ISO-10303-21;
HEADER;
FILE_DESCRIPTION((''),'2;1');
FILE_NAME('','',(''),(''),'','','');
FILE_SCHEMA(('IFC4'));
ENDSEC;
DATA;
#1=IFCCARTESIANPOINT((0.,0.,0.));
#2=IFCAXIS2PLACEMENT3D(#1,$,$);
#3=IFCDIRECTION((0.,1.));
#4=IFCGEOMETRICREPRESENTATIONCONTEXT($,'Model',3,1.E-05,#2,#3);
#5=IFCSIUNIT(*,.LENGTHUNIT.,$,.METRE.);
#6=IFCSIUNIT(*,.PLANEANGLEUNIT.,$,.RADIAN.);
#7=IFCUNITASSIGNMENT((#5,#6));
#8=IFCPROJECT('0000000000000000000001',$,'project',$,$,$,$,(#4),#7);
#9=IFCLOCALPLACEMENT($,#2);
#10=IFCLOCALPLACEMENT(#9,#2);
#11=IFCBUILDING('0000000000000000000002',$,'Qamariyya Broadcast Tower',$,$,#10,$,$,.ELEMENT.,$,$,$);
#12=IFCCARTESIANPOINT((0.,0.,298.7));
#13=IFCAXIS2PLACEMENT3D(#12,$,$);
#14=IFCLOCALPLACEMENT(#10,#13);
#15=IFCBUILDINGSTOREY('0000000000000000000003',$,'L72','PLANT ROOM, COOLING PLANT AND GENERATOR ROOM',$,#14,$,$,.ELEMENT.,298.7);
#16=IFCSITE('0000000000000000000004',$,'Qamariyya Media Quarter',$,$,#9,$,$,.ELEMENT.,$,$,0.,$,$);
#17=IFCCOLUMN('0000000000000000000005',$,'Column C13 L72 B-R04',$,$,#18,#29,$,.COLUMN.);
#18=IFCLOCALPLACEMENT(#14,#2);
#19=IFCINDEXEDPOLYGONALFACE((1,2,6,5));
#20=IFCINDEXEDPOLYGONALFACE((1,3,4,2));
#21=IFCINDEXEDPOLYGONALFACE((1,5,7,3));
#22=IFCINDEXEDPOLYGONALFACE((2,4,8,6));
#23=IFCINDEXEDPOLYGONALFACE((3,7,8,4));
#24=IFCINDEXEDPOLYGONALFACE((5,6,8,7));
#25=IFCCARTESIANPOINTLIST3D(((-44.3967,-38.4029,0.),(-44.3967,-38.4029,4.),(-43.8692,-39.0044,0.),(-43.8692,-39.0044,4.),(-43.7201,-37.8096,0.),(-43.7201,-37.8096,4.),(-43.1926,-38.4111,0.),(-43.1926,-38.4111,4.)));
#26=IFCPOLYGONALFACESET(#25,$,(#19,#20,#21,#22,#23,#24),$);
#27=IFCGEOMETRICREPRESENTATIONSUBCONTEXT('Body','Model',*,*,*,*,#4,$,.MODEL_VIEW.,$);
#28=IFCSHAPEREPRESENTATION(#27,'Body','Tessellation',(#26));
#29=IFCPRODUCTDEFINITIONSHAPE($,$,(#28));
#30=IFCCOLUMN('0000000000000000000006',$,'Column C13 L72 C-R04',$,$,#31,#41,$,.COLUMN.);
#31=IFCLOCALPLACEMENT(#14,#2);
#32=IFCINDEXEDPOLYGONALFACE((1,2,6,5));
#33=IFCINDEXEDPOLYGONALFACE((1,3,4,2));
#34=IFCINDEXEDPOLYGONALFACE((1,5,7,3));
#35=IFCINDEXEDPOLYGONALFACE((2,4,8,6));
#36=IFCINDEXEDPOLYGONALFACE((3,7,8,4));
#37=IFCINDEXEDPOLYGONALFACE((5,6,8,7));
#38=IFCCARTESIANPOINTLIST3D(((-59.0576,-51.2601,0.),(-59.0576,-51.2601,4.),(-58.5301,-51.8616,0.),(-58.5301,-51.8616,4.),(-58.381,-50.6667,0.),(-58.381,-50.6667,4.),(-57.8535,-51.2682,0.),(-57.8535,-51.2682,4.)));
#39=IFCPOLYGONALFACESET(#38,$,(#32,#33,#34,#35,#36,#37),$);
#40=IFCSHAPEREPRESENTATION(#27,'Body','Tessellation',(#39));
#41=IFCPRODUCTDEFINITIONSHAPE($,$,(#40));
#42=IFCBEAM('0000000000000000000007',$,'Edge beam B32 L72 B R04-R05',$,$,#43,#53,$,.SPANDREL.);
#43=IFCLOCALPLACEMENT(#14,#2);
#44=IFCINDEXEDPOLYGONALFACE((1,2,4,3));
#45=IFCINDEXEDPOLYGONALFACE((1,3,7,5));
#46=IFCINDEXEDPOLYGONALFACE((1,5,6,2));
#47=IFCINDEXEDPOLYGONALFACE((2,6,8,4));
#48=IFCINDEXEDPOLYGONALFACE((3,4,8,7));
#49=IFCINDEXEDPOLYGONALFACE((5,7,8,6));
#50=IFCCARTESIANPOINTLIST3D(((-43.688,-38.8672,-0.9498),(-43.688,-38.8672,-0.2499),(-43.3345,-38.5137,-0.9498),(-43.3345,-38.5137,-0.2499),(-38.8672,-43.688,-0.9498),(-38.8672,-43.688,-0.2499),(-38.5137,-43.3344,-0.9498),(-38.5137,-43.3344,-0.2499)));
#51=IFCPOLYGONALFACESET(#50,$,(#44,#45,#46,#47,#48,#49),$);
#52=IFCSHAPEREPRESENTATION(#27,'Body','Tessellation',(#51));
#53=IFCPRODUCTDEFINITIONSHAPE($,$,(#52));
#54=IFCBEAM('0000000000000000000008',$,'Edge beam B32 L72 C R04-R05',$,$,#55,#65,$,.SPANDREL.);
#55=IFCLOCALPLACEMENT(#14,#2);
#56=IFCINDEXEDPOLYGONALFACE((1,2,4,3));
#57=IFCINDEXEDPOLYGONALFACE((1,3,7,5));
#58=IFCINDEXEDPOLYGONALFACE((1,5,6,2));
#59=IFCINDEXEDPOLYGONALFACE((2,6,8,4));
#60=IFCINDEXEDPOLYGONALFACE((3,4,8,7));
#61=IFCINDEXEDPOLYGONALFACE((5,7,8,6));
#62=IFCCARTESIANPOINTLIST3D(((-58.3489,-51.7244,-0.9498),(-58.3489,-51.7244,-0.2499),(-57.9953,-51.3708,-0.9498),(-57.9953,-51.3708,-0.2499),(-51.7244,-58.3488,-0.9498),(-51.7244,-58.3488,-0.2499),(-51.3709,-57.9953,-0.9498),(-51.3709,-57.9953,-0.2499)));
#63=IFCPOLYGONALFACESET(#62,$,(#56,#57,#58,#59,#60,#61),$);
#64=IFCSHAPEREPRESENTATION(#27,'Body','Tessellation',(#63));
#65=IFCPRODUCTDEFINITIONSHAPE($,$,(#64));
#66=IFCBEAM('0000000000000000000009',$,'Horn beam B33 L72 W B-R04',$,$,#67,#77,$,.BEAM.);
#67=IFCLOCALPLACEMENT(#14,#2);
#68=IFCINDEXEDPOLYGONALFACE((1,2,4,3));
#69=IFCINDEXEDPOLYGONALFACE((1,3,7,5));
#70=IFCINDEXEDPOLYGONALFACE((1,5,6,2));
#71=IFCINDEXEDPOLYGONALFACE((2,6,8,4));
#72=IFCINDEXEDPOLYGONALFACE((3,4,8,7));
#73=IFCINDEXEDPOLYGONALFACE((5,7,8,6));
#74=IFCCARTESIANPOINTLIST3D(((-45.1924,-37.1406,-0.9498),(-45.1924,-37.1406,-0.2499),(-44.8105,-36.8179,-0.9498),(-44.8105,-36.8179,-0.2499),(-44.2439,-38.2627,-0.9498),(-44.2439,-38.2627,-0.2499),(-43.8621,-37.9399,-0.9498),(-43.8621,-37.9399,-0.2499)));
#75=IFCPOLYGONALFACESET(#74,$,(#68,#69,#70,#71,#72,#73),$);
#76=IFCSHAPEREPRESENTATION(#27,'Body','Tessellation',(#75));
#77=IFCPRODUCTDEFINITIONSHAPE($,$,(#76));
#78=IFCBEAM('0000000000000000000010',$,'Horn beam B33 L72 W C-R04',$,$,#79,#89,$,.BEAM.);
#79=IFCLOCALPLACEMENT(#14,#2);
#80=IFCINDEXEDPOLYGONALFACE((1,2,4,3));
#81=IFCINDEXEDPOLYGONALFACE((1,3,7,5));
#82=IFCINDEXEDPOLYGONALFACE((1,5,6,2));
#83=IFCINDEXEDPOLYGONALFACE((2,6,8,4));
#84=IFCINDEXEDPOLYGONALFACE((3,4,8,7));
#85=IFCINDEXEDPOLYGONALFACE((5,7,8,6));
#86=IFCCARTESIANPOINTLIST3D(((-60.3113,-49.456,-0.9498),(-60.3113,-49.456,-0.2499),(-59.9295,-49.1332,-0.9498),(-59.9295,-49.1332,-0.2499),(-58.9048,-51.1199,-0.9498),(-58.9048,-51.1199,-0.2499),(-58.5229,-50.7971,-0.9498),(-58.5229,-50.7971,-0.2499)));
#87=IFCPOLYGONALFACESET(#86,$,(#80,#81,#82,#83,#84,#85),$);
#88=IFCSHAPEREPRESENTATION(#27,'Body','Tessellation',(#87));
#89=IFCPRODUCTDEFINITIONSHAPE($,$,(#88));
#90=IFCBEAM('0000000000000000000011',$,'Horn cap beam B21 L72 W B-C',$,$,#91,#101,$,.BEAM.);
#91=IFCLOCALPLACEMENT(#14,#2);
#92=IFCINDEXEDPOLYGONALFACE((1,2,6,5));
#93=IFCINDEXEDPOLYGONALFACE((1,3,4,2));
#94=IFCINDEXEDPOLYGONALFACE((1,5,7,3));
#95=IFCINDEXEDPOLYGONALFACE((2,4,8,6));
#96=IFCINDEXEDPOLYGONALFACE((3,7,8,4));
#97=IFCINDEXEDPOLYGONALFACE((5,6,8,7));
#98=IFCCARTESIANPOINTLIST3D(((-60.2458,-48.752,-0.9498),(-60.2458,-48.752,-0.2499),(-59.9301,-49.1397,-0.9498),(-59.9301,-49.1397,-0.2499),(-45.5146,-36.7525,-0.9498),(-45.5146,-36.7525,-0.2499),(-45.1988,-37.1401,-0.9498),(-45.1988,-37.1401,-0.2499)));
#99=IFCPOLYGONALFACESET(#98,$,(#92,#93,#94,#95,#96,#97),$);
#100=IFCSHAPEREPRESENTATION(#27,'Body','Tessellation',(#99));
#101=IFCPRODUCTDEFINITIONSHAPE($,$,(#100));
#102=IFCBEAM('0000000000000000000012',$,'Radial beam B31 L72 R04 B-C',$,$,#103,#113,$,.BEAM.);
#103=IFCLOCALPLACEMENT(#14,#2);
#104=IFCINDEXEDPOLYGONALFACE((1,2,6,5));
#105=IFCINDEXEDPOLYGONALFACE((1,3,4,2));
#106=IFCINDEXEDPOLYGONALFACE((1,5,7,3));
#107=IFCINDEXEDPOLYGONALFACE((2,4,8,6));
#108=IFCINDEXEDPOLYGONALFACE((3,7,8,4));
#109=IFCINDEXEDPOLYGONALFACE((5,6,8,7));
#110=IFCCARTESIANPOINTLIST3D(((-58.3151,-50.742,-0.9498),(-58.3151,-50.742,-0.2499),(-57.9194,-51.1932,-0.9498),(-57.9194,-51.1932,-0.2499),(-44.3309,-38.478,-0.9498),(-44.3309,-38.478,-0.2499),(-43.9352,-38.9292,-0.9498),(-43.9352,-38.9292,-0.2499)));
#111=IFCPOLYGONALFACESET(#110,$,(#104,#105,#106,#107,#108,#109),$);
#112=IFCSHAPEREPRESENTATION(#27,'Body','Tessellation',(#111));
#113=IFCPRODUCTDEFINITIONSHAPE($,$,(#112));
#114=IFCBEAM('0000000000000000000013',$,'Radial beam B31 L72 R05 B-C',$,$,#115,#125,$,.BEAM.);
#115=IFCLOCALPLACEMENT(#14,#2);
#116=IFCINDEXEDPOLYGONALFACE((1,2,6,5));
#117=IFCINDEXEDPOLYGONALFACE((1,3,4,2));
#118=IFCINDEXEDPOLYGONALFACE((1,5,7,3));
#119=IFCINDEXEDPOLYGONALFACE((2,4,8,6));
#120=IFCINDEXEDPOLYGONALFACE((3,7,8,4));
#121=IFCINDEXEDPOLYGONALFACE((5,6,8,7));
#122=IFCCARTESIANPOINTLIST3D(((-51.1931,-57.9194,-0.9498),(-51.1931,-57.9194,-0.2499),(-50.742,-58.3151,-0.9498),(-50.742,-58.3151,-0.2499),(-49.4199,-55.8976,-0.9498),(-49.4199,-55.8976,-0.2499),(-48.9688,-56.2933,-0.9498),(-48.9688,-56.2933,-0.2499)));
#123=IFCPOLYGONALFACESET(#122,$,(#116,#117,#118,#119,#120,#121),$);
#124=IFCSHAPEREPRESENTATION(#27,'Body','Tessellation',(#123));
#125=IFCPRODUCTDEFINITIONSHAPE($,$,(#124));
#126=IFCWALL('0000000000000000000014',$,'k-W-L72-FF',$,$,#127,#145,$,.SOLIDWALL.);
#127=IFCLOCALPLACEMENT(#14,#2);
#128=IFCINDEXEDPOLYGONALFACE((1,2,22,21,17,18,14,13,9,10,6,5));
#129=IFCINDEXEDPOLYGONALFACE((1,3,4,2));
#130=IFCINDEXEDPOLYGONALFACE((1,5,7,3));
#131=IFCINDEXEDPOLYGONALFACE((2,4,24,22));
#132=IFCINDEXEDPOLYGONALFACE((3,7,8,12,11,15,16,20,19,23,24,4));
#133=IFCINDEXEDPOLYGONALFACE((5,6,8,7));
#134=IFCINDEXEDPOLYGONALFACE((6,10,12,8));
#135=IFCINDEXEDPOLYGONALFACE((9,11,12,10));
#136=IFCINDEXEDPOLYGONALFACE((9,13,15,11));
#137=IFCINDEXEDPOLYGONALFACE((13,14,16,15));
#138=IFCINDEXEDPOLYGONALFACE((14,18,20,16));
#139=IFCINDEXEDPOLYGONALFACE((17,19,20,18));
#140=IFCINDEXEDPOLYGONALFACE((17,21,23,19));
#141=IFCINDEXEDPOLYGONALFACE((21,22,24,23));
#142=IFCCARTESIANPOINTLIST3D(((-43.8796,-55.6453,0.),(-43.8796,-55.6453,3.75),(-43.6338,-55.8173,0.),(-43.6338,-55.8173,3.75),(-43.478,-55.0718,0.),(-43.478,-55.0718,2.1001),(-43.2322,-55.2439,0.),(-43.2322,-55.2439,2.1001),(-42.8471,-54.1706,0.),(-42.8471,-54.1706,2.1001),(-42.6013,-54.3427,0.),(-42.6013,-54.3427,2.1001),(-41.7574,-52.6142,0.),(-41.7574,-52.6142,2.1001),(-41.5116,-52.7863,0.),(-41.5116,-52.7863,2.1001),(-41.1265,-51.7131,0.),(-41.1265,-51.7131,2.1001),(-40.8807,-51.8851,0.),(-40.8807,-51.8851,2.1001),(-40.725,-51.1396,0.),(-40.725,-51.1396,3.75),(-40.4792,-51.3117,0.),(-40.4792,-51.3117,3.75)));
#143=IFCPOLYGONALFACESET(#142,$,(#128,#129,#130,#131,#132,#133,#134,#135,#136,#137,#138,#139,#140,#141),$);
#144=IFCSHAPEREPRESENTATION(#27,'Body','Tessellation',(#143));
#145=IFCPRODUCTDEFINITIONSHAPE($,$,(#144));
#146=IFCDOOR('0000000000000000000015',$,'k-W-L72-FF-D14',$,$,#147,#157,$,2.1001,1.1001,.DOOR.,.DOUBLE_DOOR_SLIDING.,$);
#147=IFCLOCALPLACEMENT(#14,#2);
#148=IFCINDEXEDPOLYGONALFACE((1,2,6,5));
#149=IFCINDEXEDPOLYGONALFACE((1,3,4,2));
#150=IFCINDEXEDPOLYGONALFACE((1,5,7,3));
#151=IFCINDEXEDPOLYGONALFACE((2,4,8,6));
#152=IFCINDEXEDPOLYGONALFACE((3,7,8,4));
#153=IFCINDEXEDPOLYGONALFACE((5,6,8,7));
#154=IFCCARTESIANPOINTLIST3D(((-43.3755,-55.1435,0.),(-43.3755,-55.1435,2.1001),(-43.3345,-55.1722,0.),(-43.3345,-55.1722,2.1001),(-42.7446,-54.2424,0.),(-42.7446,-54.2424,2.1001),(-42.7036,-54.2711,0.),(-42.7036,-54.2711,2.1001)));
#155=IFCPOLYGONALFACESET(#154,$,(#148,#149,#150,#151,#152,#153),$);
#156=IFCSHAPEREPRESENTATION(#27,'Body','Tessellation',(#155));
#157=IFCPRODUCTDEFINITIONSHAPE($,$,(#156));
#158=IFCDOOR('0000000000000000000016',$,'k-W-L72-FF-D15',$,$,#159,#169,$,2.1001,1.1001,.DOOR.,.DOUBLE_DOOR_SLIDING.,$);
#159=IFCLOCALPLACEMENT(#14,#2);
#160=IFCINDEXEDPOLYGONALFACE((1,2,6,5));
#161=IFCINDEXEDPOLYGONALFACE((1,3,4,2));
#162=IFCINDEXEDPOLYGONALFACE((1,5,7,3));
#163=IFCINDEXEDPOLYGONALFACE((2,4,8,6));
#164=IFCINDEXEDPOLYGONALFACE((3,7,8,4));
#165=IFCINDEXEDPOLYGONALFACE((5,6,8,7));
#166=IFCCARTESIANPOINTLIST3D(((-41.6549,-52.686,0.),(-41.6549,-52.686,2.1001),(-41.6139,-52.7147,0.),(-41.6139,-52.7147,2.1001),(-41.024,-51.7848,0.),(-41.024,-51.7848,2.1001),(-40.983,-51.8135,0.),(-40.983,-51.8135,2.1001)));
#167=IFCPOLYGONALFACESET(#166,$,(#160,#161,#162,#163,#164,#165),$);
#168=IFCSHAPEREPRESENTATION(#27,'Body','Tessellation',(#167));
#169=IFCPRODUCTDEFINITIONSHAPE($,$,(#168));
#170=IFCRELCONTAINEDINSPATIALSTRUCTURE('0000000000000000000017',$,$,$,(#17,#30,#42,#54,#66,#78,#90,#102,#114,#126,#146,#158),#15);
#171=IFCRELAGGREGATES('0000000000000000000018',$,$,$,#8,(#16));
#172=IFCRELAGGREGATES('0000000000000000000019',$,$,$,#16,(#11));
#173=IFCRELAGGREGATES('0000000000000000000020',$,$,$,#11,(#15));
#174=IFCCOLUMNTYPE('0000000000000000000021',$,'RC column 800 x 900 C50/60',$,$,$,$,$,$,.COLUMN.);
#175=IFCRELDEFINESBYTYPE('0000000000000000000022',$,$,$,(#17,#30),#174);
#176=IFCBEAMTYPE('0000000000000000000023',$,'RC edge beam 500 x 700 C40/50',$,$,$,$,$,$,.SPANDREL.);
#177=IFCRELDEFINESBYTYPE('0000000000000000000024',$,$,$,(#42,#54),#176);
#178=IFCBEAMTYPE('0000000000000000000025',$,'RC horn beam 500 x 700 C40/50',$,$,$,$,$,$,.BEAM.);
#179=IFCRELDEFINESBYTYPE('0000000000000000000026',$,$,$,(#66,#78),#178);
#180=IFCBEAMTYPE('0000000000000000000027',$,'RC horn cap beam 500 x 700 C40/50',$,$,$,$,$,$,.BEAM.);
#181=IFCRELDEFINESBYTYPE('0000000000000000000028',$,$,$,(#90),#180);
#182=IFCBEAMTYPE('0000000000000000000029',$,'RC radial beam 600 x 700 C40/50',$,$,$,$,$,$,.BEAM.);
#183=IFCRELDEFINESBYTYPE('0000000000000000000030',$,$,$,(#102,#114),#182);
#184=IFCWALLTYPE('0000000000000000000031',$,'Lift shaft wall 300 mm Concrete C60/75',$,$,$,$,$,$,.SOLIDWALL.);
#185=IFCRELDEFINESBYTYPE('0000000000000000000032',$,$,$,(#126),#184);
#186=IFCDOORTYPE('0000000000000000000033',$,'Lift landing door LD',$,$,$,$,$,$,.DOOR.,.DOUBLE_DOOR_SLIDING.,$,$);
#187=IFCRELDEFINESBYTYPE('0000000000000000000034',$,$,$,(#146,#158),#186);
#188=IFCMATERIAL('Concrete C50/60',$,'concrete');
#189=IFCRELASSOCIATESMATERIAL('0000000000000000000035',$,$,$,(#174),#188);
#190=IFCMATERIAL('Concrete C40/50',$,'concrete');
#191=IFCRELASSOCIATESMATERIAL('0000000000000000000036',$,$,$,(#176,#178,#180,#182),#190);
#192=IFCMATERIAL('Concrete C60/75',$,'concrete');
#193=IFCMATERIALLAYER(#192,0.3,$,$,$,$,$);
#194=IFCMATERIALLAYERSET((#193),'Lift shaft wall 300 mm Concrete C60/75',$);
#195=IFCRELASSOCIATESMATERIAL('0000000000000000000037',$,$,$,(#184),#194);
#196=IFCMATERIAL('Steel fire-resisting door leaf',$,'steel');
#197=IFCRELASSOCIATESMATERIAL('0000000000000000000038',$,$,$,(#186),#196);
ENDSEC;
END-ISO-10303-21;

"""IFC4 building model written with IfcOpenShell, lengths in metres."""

from ifc_helpers import new_model, si_unit, direction, frame, frame_2d, origin, origin_2d, place, context, subcontext, project, spatial, rectangle, extrude, material, layer, layer_set, material_profile, profile_set, type_object, element, fill, save


model = new_model("IFC4")

# Units and contexts
model_context = context("Model", 3, precision=1e-05, world=origin(), true_north=direction((0.0, 1.0)))
body_context = subcontext(model_context, "Body", "Model", "MODEL_VIEW")
ifc_project = project(units=[si_unit("LENGTHUNIT", "METRE"), si_unit("PLANEANGLEUNIT", "RADIAN")], contexts=[model_context])

# Site, building, storey
site_placement = place(None, origin())
site = spatial("IfcSite", under=ifc_project, at=site_placement, Name="Qamariyya Media Quarter", CompositionType="ELEMENT", RefElevation=0.0)
building_placement = place(site_placement, origin())
building = spatial("IfcBuilding", under=site, at=building_placement, Name="Qamariyya Broadcast Tower", CompositionType="ELEMENT")
storey_placement = place(building_placement, frame((0.0, 0.0, 298.7)))
storey = spatial("IfcBuildingStorey", under=building, at=storey_placement, Name="L72", Description="PLANT ROOM, COOLING PLANT AND GENERATOR ROOM", CompositionType="ELEMENT", Elevation=298.7)

# Columns
ifc_material_1 = material(Name="Concrete C50/60", Category="concrete")
ifc_material_profile_1 = material_profile(ifc_material_1, rectangle(XDim=0.8, YDim=0.8999, at=origin_2d()))
ifc_profile_set_1 = profile_set([ifc_material_profile_1], Name="Concrete C50/60")
column_type = type_object("IfcColumnType", Name="RC column 800 x 900 C50/60", PredefinedType="COLUMN", material=ifc_profile_set_1)
for number, where, z_axis, x_axis, name in (
    (1, (-43.7947, -38.407, 0.0), (0.0, 0.0, 1.0), (0.659346, -0.75184, 0.0), "Column C13 L72 B-R04"),
    (2, (-58.4556, -51.2642, 0.0), (0.0, 0.0, 1.0), (0.659346, -0.75184, 0.0), "Column C13 L72 C-R04"),
):
    element("IfcColumn", number, at=place(storey_placement, frame(where, z_axis=z_axis, x_axis=x_axis)), inside=storey, type_object=column_type, Name=name, PredefinedType="COLUMN", context=body_context, shape_type="SweptSolid", body=[
        extrude(rectangle(XDim=0.8, YDim=0.8999, at=origin_2d()), origin(), (0.0, 0.0, 1.0), 4.0),
    ])

# Beams
ifc_material_2 = material(Name="Concrete C40/50", Category="concrete")
ifc_material_profile_2 = material_profile(ifc_material_2, rectangle(XDim=0.5, YDim=0.7, at=origin_2d()))
ifc_profile_set_2 = profile_set([ifc_material_profile_2], Name="Concrete C40/50")
beam_type_1 = type_object("IfcBeamType", Name="RC edge beam 500 x 700 C40/50", PredefinedType="SPANDREL", material=ifc_profile_set_2)
beam_1_placement = place(storey_placement, frame((-43.5112, -38.6904, -0.5999), z_axis=(0.707107, -0.707107, 0.0), x_axis=(0.707107, 0.707107, 0.0)))
element("IfcBeam", 3, at=beam_1_placement, inside=storey, type_object=beam_type_1, Name="Edge beam B32 L72 B R04-R05", PredefinedType="SPANDREL", context=body_context, shape_type="SweptSolid", body=[
    extrude(rectangle(XDim=0.5, YDim=0.7, at=origin_2d()), origin(), (0.0, 0.0, 1.0), 6.8176),
])
beam_2_placement = place(storey_placement, frame((-58.1721, -51.5476, -0.5999), z_axis=(0.707107, -0.707107, 0.0), x_axis=(0.707107, 0.707107, 0.0)))
element("IfcBeam", 4, at=beam_2_placement, inside=storey, type_object=beam_type_1, Name="Edge beam B32 L72 C R04-R05", PredefinedType="SPANDREL", context=body_context, shape_type="SweptSolid", body=[
    extrude(rectangle(XDim=0.5, YDim=0.7, at=origin_2d()), origin(), (0.0, 0.0, 1.0), 9.3684),
])
ifc_material_profile_3 = material_profile(ifc_material_2, rectangle(XDim=0.5, YDim=0.7, at=origin_2d()))
ifc_profile_set_3 = profile_set([ifc_material_profile_3], Name="Concrete C40/50")
beam_type_2 = type_object("IfcBeamType", Name="RC horn beam 500 x 700 C40/50", PredefinedType="BEAM", material=ifc_profile_set_3)
beam_3_placement = place(storey_placement, frame((-44.053, -38.1013, -0.5999), z_axis=(-0.645562, 0.763708, 0.0), x_axis=(-0.763708, -0.645562, 0.0)))
element("IfcBeam", 5, at=beam_3_placement, inside=storey, type_object=beam_type_2, Name="Horn beam B33 L72 W B-R04", PredefinedType="BEAM", context=body_context, shape_type="SweptSolid", body=[
    extrude(rectangle(XDim=0.5, YDim=0.7, at=origin_2d()), origin(), (0.0, 0.0, 1.0), 1.4692),
])
beam_4_placement = place(storey_placement, frame((-58.7139, -50.9585, -0.5999), z_axis=(-0.64558, 0.763692, 0.0), x_axis=(-0.763692, -0.64558, 0.0)))
element("IfcBeam", 6, at=beam_4_placement, inside=storey, type_object=beam_type_2, Name="Horn beam B33 L72 W C-R04", PredefinedType="BEAM", context=body_context, shape_type="SweptSolid", body=[
    extrude(rectangle(XDim=0.5, YDim=0.7, at=origin_2d()), origin(), (0.0, 0.0, 1.0), 2.1787),
])
ifc_material_profile_4 = material_profile(ifc_material_2, rectangle(XDim=0.5, YDim=0.7, at=origin_2d()))
ifc_profile_set_4 = profile_set([ifc_material_profile_4], Name="Concrete C40/50")
beam_type_3 = type_object("IfcBeamType", Name="RC horn cap beam 500 x 700 C40/50", PredefinedType="BEAM", material=ifc_profile_set_4)
beam_5_placement = place(storey_placement, frame((-45.3567, -36.9463, -0.5999), z_axis=(-0.77533, -0.631556, 0.0), x_axis=(0.631556, -0.77533, 0.0)))
element("IfcBeam", 7, at=beam_5_placement, inside=storey, type_object=beam_type_3, Name="Horn cap beam B21 L72 W B-C", PredefinedType="BEAM", context=body_context, shape_type="SweptSolid", body=[
    extrude(rectangle(XDim=0.5, YDim=0.7, at=origin_2d()), origin(), (0.0, 0.0, 1.0), 19.0),
])
ifc_material_profile_5 = material_profile(ifc_material_2, rectangle(XDim=0.6001, YDim=0.7, at=origin_2d()))
ifc_profile_set_5 = profile_set([ifc_material_profile_5], Name="Concrete C40/50")
beam_type_4 = type_object("IfcBeamType", Name="RC radial beam 600 x 700 C40/50", PredefinedType="BEAM", material=ifc_profile_set_5)
beam_6_placement = place(storey_placement, frame((-44.1331, -38.7036, -0.5999), z_axis=(-0.751835, -0.659351, 0.0), x_axis=(0.659351, -0.751835, 0.0)))
element("IfcBeam", 8, at=beam_6_placement, inside=storey, type_object=beam_type_4, Name="Radial beam B31 L72 R04 B-C", PredefinedType="BEAM", context=body_context, shape_type="SweptSolid", body=[
    extrude(rectangle(XDim=0.6001, YDim=0.7, at=origin_2d()), origin(), (0.0, 0.0, 1.0), 18.6001),
])
beam_7_placement = place(storey_placement, frame((-49.1943, -56.0955, -0.5999), z_axis=(-0.659385, -0.751806, 0.0), x_axis=(0.751806, -0.659385, 0.0)))
element("IfcBeam", 9, at=beam_7_placement, inside=storey, type_object=beam_type_4, Name="Radial beam B31 L72 R05 B-C", PredefinedType="BEAM", context=body_context, shape_type="SweptSolid", body=[
    extrude(rectangle(XDim=0.6001, YDim=0.7, at=origin_2d()), origin(), (0.0, 0.0, 1.0), 2.6892),
])

# Wall, openings, doors
ifc_material_3 = material(Name="Concrete C60/75", Category="concrete")
ifc_layer_1 = layer(ifc_material_3, 0.3)
ifc_layer_set_1 = layer_set([ifc_layer_1], Name="Lift shaft wall 300 mm Concrete C60/75")
wall_type_1 = type_object("IfcWallType", Name="Lift shaft wall 300 mm Concrete C60/75", PredefinedType="SOLIDWALL", material=ifc_layer_set_1)
wall_1_placement = place(storey_placement, frame((-43.7566, -55.7312, 0.0), z_axis=(0.0, 0.0, 1.0), x_axis=(0.573537, 0.81918, 0.0)))
wall_1 = element("IfcWall", 10, at=wall_1_placement, inside=storey, type_object=wall_type_1, Name="k-W-L72-FF", PredefinedType="SOLIDWALL", context=body_context, shape_type="SweptSolid", body=[
    extrude(rectangle(XDim=5.5002, YDim=0.3, at=frame_2d((2.75, 0.0))), origin(), (0.0, 0.0, 1.0), 3.75),
])
opening_1_placement = place(wall_1_placement, frame((0.7, 0.0, 0.0)))
opening_1 = element("IfcOpeningElement", 11, at=opening_1_placement, cuts=wall_1, PredefinedType="OPENING", context=body_context, shape_type="SweptSolid", body=[
    extrude(rectangle(XDim=1.1001, YDim=2.1001, at=frame_2d((0.55, 1.05))), frame((0.0, 0.1599, 0.0), z_axis=(0.0, -1.0, 0.0), x_axis=(1.0, 0.0, 0.0)), (0.0, 0.0, 1.0), 0.3201),
])
opening_2_placement = place(wall_1_placement, frame((3.7, 0.0, 0.0)))
opening_2 = element("IfcOpeningElement", 12, at=opening_2_placement, cuts=wall_1, PredefinedType="OPENING", context=body_context, shape_type="SweptSolid", body=[
    extrude(rectangle(XDim=1.1001, YDim=2.1001, at=frame_2d((0.55, 1.05))), frame((0.0, 0.1599, 0.0), z_axis=(0.0, -1.0, 0.0), x_axis=(1.0, 0.0, 0.0)), (0.0, 0.0, 1.0), 0.3201),
])
ifc_material_4 = material(Name="Steel fire-resisting door leaf", Category="steel")
door_type_1 = type_object("IfcDoorType", Name="Lift landing door LD", OperationType="DOUBLE_DOOR_SLIDING", PredefinedType="DOOR", material=ifc_material_4)
door_1_placement = place(opening_1_placement, origin())
door_1 = element("IfcDoor", 13, at=door_1_placement, inside=storey, type_object=door_type_1, Name="k-W-L72-FF-D14", OperationType="DOUBLE_DOOR_SLIDING", OverallHeight=2.1001, OverallWidth=1.1001, PredefinedType="DOOR", context=body_context, shape_type="SweptSolid", body=[
    extrude(rectangle(XDim=1.1001, YDim=2.1001, at=frame_2d((0.55, 1.05))), frame((0.0, 0.0249, 0.0), z_axis=(0.0, -1.0, 0.0), x_axis=(1.0, 0.0, 0.0)), (0.0, 0.0, 1.0), 0.05),
])
fill(opening_1, door_1)
door_2_placement = place(opening_2_placement, origin())
door_2 = element("IfcDoor", 14, at=door_2_placement, inside=storey, type_object=door_type_1, Name="k-W-L72-FF-D15", OperationType="DOUBLE_DOOR_SLIDING", OverallHeight=2.1001, OverallWidth=1.1001, PredefinedType="DOOR", context=body_context, shape_type="SweptSolid", body=[
    extrude(rectangle(XDim=1.1001, YDim=2.1001, at=frame_2d((0.55, 1.05))), frame((0.0, 0.0249, 0.0), z_axis=(0.0, -1.0, 0.0), x_axis=(1.0, 0.0, 0.0)), (0.0, 0.0, 1.0), 0.05),
])
fill(opening_2, door_2)

save(model, "model.ifc")
